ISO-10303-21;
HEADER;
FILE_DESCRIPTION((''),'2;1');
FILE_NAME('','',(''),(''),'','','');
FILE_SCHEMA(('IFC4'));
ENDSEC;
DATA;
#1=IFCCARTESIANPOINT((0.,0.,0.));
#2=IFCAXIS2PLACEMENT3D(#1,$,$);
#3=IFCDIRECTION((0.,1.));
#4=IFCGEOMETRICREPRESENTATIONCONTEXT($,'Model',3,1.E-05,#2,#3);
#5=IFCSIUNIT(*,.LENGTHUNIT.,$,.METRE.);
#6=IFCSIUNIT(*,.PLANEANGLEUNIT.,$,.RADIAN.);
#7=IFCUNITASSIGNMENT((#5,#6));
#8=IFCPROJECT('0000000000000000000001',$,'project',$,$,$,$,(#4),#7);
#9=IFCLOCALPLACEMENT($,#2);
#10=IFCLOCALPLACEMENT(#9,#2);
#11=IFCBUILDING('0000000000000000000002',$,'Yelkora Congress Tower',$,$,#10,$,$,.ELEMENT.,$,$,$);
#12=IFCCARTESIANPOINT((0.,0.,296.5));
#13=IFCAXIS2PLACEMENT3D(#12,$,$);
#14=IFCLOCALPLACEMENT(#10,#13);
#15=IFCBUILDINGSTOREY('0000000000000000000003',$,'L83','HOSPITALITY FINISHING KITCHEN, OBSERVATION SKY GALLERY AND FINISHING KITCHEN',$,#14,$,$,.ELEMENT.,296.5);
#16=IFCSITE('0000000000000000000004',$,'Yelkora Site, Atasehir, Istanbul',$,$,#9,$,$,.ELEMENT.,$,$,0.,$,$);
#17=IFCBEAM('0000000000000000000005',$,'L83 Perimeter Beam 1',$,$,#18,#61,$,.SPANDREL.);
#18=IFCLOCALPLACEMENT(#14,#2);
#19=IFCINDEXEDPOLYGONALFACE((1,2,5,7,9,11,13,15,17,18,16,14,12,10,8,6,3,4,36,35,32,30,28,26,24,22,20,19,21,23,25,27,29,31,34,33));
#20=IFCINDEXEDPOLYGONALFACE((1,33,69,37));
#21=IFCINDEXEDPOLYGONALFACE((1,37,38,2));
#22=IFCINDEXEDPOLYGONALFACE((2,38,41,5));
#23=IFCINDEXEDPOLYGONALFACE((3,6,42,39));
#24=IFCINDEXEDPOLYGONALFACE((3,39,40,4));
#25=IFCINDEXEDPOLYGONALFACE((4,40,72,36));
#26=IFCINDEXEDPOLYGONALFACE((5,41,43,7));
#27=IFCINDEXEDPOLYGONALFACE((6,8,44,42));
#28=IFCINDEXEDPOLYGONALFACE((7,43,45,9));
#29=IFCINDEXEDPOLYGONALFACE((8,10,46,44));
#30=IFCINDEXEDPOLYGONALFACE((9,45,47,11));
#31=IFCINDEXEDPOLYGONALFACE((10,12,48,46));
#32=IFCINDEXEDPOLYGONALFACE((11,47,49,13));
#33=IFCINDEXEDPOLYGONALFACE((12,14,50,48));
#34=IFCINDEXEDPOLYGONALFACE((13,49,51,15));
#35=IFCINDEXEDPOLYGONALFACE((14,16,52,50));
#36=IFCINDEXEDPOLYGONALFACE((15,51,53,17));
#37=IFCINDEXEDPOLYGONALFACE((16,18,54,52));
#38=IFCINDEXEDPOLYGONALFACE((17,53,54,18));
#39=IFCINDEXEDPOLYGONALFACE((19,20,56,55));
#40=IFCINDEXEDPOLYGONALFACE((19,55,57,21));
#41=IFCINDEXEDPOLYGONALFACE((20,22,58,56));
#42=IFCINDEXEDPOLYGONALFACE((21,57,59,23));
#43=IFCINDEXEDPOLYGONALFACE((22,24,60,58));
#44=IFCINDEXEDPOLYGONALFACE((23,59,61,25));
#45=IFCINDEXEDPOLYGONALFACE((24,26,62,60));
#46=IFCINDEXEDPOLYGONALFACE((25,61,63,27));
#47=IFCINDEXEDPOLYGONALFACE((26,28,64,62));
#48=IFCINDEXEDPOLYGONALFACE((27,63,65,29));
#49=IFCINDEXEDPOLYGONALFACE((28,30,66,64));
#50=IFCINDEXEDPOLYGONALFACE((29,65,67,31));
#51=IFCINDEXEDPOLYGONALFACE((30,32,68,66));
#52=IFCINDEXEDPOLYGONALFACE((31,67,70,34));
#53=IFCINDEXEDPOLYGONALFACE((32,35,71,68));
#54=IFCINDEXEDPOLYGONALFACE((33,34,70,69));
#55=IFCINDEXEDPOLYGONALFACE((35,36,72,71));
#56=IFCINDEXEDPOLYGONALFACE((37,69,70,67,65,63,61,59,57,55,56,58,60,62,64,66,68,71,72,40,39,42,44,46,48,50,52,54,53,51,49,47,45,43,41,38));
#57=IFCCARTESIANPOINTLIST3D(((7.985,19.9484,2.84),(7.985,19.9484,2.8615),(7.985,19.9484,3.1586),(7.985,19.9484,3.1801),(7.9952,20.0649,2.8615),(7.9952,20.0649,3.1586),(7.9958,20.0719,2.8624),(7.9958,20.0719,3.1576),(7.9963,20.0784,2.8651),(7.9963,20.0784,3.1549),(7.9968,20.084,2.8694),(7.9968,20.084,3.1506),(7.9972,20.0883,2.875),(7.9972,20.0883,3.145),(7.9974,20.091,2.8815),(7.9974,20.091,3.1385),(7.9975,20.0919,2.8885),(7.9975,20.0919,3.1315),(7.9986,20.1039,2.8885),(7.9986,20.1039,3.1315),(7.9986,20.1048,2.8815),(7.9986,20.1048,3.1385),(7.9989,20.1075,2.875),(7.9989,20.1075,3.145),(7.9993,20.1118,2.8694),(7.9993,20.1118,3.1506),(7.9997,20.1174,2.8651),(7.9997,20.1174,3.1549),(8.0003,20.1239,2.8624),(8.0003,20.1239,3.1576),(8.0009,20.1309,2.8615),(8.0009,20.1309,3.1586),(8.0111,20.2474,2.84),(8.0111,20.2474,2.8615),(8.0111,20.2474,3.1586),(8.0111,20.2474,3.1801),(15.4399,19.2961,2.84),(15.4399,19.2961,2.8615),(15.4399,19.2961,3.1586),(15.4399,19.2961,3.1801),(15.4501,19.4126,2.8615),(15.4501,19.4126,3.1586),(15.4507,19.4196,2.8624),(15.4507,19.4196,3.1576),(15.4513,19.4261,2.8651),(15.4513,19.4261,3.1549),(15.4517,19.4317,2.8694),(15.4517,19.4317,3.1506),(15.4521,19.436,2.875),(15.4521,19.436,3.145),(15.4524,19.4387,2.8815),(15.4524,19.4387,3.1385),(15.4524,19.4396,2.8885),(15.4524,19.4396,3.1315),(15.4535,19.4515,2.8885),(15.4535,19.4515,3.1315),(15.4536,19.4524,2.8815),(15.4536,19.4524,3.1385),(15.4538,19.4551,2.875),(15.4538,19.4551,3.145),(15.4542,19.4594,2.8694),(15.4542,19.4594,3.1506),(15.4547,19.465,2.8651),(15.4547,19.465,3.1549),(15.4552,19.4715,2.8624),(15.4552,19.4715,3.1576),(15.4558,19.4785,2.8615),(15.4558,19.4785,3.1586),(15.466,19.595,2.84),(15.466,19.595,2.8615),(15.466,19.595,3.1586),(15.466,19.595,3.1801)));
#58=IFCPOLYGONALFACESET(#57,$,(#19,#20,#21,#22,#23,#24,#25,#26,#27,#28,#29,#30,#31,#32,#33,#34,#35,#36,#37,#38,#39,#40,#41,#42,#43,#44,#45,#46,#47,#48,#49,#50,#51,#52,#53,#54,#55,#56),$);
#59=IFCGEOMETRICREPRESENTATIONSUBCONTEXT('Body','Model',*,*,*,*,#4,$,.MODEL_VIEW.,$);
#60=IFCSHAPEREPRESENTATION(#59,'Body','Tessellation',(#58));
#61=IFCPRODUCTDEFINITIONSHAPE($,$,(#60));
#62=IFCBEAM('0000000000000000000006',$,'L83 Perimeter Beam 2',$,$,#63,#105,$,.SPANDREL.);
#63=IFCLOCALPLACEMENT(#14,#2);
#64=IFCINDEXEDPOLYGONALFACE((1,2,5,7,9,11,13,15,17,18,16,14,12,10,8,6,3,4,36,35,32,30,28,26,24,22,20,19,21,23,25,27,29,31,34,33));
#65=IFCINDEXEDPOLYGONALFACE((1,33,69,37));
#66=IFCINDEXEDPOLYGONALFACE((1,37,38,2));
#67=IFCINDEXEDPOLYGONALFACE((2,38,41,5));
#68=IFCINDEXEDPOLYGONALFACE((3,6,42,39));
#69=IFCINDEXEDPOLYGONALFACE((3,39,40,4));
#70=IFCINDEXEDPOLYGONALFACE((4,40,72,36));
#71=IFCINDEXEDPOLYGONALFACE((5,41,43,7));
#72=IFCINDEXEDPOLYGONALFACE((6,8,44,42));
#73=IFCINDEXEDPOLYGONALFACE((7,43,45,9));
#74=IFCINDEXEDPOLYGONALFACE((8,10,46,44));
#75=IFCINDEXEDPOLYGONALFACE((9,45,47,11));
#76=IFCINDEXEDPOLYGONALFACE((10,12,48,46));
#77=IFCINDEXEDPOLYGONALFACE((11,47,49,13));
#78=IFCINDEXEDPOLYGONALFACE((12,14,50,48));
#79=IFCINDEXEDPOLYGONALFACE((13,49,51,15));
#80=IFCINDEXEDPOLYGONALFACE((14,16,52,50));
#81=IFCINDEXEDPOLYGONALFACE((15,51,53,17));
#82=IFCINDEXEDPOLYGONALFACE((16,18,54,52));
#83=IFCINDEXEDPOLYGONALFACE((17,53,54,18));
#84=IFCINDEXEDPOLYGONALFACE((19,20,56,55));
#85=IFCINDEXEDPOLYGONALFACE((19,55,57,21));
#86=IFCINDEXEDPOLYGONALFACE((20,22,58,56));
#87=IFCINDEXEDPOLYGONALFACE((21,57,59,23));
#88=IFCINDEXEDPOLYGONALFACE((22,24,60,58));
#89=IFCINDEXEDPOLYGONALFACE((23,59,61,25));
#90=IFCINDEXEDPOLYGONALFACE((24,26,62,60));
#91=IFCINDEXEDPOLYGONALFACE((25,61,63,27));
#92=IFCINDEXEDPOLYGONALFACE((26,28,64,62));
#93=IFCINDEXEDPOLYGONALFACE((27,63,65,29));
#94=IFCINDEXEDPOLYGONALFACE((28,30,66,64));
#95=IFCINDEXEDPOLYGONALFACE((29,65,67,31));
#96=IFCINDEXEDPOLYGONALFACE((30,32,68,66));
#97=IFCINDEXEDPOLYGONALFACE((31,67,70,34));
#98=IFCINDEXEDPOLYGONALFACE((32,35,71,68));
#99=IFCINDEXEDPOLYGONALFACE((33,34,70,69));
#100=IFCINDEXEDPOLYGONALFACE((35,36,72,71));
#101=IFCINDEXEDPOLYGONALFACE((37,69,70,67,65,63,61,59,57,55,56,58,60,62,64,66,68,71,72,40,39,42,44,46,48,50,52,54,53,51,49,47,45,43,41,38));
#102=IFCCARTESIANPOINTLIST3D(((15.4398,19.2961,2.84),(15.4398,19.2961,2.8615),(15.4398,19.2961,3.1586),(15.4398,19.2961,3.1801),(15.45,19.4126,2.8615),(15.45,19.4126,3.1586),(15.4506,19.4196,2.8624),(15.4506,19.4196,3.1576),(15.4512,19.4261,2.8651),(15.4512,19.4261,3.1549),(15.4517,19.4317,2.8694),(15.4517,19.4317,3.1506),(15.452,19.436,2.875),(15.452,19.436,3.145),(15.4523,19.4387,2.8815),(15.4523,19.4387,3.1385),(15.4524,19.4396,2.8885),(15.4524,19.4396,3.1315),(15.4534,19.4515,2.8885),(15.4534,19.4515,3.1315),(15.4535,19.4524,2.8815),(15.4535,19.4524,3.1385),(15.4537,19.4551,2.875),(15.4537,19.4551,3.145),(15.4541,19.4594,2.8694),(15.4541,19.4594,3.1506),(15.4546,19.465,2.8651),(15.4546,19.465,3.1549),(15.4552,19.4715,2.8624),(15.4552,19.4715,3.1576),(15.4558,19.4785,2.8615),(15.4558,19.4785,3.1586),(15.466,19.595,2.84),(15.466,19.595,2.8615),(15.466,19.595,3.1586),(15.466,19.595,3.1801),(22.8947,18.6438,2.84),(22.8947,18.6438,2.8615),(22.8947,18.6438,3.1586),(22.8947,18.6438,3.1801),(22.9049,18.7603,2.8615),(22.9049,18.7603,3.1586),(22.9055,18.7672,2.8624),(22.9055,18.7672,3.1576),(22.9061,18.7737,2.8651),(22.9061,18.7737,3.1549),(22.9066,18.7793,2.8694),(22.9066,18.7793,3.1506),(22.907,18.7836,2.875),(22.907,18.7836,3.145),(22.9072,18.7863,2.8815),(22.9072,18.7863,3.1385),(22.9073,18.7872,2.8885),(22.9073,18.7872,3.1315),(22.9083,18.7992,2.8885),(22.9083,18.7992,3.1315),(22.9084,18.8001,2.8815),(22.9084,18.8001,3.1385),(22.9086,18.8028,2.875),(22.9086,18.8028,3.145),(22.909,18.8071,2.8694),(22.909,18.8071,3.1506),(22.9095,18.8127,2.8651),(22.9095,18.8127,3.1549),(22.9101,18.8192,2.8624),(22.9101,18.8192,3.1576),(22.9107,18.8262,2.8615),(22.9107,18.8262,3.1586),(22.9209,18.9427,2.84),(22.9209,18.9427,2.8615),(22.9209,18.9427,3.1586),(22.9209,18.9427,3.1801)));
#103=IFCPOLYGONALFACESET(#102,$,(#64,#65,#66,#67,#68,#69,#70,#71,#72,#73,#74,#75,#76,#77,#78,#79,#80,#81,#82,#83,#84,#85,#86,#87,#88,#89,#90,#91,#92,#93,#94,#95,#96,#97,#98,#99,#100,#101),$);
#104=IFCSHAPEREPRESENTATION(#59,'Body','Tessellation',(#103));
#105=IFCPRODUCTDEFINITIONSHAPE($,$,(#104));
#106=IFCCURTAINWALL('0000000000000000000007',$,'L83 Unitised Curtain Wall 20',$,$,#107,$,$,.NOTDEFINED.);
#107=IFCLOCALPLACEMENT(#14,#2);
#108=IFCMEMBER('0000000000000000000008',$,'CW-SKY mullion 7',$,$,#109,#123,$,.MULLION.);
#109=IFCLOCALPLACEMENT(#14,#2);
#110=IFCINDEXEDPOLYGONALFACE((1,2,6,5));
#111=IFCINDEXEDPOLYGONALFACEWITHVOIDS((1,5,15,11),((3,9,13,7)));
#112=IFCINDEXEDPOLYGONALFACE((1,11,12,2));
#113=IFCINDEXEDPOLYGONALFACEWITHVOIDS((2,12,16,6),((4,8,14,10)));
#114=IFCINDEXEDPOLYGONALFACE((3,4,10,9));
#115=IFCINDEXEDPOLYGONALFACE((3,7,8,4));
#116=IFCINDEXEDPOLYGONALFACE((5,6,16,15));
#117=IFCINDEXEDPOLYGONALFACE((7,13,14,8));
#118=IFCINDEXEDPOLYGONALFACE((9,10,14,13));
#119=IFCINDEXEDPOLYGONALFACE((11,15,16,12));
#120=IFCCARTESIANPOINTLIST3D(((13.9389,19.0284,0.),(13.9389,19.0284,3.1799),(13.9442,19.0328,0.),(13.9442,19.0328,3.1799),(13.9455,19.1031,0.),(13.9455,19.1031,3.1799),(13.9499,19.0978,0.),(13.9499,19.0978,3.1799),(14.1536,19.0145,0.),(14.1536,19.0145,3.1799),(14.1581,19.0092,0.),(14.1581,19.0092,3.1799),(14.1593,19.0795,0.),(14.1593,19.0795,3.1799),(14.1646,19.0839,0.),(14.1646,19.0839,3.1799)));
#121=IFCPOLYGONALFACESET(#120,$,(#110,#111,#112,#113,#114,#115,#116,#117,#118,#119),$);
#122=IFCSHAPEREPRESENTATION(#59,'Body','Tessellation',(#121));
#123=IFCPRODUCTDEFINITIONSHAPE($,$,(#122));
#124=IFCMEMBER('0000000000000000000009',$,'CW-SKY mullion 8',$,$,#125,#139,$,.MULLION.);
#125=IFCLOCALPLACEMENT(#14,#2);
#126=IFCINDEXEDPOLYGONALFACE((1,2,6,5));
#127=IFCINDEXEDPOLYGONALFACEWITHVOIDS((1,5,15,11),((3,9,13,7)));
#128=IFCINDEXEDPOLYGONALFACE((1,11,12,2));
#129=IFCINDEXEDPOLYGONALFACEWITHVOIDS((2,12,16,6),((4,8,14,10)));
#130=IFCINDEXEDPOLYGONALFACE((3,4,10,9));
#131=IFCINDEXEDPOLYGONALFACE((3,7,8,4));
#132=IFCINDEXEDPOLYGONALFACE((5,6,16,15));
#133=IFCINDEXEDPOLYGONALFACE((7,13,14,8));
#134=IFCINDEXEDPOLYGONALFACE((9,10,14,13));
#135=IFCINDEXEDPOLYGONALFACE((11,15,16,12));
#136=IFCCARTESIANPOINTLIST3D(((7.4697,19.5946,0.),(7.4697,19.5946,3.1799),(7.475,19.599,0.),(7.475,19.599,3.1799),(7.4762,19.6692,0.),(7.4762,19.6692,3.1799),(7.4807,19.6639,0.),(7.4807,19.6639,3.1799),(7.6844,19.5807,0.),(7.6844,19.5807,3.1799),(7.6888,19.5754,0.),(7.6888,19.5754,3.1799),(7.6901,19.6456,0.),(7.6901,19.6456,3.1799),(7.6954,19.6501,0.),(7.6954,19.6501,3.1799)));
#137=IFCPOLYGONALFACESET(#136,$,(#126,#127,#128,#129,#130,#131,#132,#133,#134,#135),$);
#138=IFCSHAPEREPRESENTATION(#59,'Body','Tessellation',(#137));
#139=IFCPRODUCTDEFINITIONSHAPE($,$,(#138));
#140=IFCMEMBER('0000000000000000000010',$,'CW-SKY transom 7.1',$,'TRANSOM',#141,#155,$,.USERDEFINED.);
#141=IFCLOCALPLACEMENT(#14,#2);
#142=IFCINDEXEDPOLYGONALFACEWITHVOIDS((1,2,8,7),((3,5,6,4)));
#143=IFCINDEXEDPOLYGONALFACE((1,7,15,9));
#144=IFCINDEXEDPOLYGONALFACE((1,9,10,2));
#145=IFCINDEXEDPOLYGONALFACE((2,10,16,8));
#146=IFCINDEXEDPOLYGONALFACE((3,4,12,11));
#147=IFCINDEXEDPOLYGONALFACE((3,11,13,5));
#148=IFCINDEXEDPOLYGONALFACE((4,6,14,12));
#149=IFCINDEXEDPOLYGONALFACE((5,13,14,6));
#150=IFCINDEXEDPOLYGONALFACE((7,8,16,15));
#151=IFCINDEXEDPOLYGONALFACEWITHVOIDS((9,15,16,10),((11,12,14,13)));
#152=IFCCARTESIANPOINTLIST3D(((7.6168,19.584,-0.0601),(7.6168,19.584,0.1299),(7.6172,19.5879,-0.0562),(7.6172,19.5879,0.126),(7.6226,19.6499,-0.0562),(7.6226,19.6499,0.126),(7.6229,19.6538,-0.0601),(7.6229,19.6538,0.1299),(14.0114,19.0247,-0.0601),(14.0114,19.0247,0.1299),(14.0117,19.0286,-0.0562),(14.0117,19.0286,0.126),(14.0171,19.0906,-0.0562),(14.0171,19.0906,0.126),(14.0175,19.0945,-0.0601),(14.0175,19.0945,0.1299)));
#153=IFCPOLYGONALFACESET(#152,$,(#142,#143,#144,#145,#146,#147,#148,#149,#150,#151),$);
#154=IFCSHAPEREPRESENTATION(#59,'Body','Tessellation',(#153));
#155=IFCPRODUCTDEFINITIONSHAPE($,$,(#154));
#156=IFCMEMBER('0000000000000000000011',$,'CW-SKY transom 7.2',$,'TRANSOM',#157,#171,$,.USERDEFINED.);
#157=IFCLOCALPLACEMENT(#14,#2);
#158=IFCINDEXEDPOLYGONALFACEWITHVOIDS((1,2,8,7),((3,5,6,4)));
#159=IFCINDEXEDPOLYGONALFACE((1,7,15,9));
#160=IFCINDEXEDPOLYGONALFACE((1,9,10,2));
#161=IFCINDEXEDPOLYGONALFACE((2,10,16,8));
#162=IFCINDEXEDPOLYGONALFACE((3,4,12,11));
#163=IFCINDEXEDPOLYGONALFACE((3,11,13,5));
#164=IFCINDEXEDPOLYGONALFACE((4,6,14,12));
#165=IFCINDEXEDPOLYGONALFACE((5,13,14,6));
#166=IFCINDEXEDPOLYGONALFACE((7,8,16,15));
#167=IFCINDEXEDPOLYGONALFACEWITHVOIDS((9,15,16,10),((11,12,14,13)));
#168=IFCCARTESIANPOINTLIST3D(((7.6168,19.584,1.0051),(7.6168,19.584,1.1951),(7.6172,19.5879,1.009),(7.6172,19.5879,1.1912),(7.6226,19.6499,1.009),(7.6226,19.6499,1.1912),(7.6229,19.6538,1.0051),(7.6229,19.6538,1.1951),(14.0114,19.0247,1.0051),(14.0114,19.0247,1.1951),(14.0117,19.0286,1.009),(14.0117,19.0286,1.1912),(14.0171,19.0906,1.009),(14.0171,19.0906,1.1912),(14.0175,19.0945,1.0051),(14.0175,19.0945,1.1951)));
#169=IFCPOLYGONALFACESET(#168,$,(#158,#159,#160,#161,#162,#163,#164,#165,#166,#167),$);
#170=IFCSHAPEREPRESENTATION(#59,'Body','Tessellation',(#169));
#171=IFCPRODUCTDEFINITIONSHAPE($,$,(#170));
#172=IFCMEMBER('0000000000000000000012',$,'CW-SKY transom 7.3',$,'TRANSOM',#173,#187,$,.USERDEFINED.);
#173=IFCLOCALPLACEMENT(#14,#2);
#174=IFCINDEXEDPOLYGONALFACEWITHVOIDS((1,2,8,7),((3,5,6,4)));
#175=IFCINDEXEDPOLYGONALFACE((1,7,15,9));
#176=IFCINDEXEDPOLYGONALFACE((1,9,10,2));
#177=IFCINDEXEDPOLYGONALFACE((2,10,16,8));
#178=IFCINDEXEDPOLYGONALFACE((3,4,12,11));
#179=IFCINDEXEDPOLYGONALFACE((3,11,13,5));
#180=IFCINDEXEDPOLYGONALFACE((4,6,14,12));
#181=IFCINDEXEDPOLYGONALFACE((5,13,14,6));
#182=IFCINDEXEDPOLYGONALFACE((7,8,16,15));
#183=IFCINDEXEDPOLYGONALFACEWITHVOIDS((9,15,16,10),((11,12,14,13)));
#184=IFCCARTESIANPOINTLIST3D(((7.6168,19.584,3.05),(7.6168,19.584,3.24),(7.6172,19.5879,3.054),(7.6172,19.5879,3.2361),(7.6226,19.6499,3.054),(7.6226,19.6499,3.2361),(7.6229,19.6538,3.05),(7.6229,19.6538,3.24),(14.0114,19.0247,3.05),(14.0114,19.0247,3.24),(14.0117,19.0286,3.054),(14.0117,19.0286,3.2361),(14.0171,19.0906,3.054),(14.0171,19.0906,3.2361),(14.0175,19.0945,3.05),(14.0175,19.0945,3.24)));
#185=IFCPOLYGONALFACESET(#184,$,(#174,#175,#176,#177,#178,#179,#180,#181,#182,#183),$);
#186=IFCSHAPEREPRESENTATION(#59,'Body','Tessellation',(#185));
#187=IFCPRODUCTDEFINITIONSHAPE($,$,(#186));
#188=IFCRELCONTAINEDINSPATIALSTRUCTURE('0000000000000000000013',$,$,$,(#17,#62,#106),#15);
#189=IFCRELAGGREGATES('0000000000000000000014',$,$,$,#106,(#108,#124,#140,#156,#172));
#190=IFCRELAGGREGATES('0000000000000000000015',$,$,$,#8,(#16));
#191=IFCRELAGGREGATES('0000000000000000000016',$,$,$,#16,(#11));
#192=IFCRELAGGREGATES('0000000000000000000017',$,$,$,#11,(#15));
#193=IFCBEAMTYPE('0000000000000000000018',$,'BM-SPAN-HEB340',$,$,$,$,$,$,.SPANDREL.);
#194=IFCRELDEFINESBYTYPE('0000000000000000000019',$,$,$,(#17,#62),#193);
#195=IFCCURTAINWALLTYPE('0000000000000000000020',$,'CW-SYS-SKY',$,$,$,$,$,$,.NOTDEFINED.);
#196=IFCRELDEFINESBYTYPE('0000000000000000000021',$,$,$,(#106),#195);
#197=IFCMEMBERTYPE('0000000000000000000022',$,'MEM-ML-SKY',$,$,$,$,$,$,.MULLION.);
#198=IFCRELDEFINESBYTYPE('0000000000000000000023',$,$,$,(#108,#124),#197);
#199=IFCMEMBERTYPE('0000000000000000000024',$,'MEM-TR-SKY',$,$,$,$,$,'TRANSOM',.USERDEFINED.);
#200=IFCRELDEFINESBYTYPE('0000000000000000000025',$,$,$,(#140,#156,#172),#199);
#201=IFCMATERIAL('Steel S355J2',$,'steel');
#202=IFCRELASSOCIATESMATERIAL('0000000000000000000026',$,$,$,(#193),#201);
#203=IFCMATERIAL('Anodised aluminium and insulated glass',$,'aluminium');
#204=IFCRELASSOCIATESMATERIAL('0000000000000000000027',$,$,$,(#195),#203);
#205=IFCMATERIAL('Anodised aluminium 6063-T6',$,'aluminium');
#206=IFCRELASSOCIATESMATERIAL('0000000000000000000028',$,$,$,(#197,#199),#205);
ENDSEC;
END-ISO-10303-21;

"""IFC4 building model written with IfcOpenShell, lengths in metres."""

from ifc_helpers import new_model, si_unit, direction, frame, origin, origin_2d, place, context, subcontext, project, spatial, hollow_rectangle, i_section, extrude, material, material_profile, profile_set, type_object, element, aggregate, save


model = new_model("IFC4")

# Units and contexts
model_context = context("Model", 3, precision=1e-05, world=origin(), true_north=direction((0.0, 1.0)))
body_context = subcontext(model_context, "Body", "Model", "MODEL_VIEW")
ifc_project = project(units=[si_unit("LENGTHUNIT", "METRE"), si_unit("PLANEANGLEUNIT", "RADIAN")], contexts=[model_context])

# Site, building, storey
site_placement = place(None, origin())
site = spatial("IfcSite", under=ifc_project, at=site_placement, Name="Yelkora Site, Atasehir, Istanbul", CompositionType="ELEMENT", RefElevation=0.0)
building_placement = place(site_placement, origin())
building = spatial("IfcBuilding", under=site, at=building_placement, Name="Yelkora Congress Tower", CompositionType="ELEMENT")
storey_placement = place(building_placement, frame((0.0, 0.0, 296.5)))
storey = spatial("IfcBuildingStorey", under=building, at=storey_placement, Name="L83", Description="HOSPITALITY FINISHING KITCHEN, OBSERVATION SKY GALLERY AND FINISHING KITCHEN", CompositionType="ELEMENT", Elevation=296.5)

# Shared definitions
ifc_material_1 = material(Name="Steel S355J2", Category="steel")

# Beams
ifc_material_profile_1 = material_profile(ifc_material_1, i_section(OverallWidth=0.3, OverallDepth=0.3401, WebThickness=0.012, FlangeThickness=0.0215, FilletRadius=0.0271, at=origin_2d()), Name="HEB 340")
ifc_profile_set_1 = profile_set([ifc_material_profile_1], Name="Steel S355J2")
beam_type_1 = type_object("IfcBeamType", Name="BM-SPAN-HEB340", PredefinedType="SPANDREL", material=ifc_profile_set_1)
for number, where, z_axis, x_axis, name in (
    (1, (7.998, 20.0979, 3.01), (0.996193, -0.087173, 0.0), (0.087173, 0.996193, 0.0), "L83 Perimeter Beam 1"),
    (2, (15.4529, 19.4456, 3.01), (0.996193, -0.087173, 0.0), (0.087173, 0.996193, 0.0), "L83 Perimeter Beam 2"),
):
    element("IfcBeam", number, at=place(storey_placement, frame(where, z_axis=z_axis, x_axis=x_axis)), inside=storey, type_object=beam_type_1, Name=name, PredefinedType="SPANDREL", context=body_context, shape_type="SweptSolid", body=[
        extrude(i_section(OverallWidth=0.3, OverallDepth=0.3401, WebThickness=0.012, FlangeThickness=0.0215, FilletRadius=0.0271, at=origin_2d()), origin(), (0.0, 0.0, 1.0), 7.4834),
    ])

# Curtain wall, members
ifc_material_2 = material(Name="Anodised aluminium and insulated glass", Category="aluminium")
curtain_wall_type = type_object("IfcCurtainWallType", Name="CW-SYS-SKY", PredefinedType="NOTDEFINED", material=ifc_material_2)
curtain_wall_placement = place(storey_placement, origin())
curtain_wall = element("IfcCurtainWall", 3, at=curtain_wall_placement, inside=storey, type_object=curtain_wall_type, Name="L83 Unitised Curtain Wall 20", PredefinedType="NOTDEFINED")
ifc_material_3 = material(Name="Anodised aluminium 6063-T6", Category="aluminium")
ifc_material_profile_2 = material_profile(ifc_material_3, hollow_rectangle(XDim=0.075, YDim=0.22, WallThickness=0.0049, at=origin_2d()), Name="ALU 75x220x5")
ifc_profile_set_2 = profile_set([ifc_material_profile_2], Name="Anodised aluminium 6063-T6")
member_type_1 = type_object("IfcMemberType", Name="MEM-ML-SKY", PredefinedType="MULLION", material=ifc_profile_set_2)
member_1_placement = place(storey_placement, frame((14.0518, 19.0562, 0.0), z_axis=(0.0, 0.0, 1.0), x_axis=(-0.087157, -0.996195, 0.0)))
member_1 = element("IfcMember", 4, at=member_1_placement, type_object=member_type_1, Name="CW-SKY mullion 7", PredefinedType="MULLION", context=body_context, shape_type="SweptSolid", body=[
    extrude(hollow_rectangle(XDim=0.075, YDim=0.22, WallThickness=0.0049, at=origin_2d()), origin(), (0.0, 0.0, 1.0), 3.1799),
])
member_2_placement = place(storey_placement, frame((7.5825, 19.6223, 0.0), z_axis=(0.0, 0.0, 1.0), x_axis=(-0.087157, -0.996195, 0.0)))
member_2 = element("IfcMember", 5, at=member_2_placement, type_object=member_type_1, Name="CW-SKY mullion 8", PredefinedType="MULLION", context=body_context, shape_type="SweptSolid", body=[
    extrude(hollow_rectangle(XDim=0.075, YDim=0.22, WallThickness=0.0049, at=origin_2d()), origin(), (0.0, 0.0, 1.0), 3.1799),
])
ifc_material_profile_3 = material_profile(ifc_material_3, hollow_rectangle(XDim=0.0701, YDim=0.1899, WallThickness=0.0039, at=origin_2d()), Name="ALU 70x190x4")
ifc_profile_set_3 = profile_set([ifc_material_profile_3], Name="Anodised aluminium 6063-T6")
member_type_2 = type_object("IfcMemberType", Name="MEM-TR-SKY", ElementType="TRANSOM", PredefinedType="USERDEFINED", material=ifc_profile_set_3)
member_3_placement = place(storey_placement, frame((14.0144, 19.0596, 0.0349), z_axis=(-0.996196, 0.087137, 0.0), x_axis=(-0.087137, -0.996196, 0.0)))
member_3 = element("IfcMember", 6, at=member_3_placement, type_object=member_type_2, Name="CW-SKY transom 7.1", ObjectType="TRANSOM", PredefinedType="USERDEFINED", context=body_context, shape_type="SweptSolid", body=[
    extrude(hollow_rectangle(XDim=0.0701, YDim=0.1899, WallThickness=0.0039, at=origin_2d()), origin(), (0.0, 0.0, 1.0), 6.4189),
])
member_4_placement = place(storey_placement, frame((14.0144, 19.0596, 1.1001), z_axis=(-0.996196, 0.087137, 0.0), x_axis=(-0.087137, -0.996196, 0.0)))
member_4 = element("IfcMember", 7, at=member_4_placement, type_object=member_type_2, Name="CW-SKY transom 7.2", ObjectType="TRANSOM", PredefinedType="USERDEFINED", context=body_context, shape_type="SweptSolid", body=[
    extrude(hollow_rectangle(XDim=0.0701, YDim=0.1899, WallThickness=0.0039, at=origin_2d()), origin(), (0.0, 0.0, 1.0), 6.4189),
])
member_5_placement = place(storey_placement, frame((14.0144, 19.0596, 3.145), z_axis=(-0.996196, 0.087137, 0.0), x_axis=(-0.087137, -0.996196, 0.0)))
member_5 = element("IfcMember", 8, at=member_5_placement, type_object=member_type_2, Name="CW-SKY transom 7.3", ObjectType="TRANSOM", PredefinedType="USERDEFINED", context=body_context, shape_type="SweptSolid", body=[
    extrude(hollow_rectangle(XDim=0.0701, YDim=0.1899, WallThickness=0.0039, at=origin_2d()), origin(), (0.0, 0.0, 1.0), 6.4189),
])
aggregate(curtain_wall, [member_1, member_2, member_3, member_4, member_5])

save(model, "model.ifc")
